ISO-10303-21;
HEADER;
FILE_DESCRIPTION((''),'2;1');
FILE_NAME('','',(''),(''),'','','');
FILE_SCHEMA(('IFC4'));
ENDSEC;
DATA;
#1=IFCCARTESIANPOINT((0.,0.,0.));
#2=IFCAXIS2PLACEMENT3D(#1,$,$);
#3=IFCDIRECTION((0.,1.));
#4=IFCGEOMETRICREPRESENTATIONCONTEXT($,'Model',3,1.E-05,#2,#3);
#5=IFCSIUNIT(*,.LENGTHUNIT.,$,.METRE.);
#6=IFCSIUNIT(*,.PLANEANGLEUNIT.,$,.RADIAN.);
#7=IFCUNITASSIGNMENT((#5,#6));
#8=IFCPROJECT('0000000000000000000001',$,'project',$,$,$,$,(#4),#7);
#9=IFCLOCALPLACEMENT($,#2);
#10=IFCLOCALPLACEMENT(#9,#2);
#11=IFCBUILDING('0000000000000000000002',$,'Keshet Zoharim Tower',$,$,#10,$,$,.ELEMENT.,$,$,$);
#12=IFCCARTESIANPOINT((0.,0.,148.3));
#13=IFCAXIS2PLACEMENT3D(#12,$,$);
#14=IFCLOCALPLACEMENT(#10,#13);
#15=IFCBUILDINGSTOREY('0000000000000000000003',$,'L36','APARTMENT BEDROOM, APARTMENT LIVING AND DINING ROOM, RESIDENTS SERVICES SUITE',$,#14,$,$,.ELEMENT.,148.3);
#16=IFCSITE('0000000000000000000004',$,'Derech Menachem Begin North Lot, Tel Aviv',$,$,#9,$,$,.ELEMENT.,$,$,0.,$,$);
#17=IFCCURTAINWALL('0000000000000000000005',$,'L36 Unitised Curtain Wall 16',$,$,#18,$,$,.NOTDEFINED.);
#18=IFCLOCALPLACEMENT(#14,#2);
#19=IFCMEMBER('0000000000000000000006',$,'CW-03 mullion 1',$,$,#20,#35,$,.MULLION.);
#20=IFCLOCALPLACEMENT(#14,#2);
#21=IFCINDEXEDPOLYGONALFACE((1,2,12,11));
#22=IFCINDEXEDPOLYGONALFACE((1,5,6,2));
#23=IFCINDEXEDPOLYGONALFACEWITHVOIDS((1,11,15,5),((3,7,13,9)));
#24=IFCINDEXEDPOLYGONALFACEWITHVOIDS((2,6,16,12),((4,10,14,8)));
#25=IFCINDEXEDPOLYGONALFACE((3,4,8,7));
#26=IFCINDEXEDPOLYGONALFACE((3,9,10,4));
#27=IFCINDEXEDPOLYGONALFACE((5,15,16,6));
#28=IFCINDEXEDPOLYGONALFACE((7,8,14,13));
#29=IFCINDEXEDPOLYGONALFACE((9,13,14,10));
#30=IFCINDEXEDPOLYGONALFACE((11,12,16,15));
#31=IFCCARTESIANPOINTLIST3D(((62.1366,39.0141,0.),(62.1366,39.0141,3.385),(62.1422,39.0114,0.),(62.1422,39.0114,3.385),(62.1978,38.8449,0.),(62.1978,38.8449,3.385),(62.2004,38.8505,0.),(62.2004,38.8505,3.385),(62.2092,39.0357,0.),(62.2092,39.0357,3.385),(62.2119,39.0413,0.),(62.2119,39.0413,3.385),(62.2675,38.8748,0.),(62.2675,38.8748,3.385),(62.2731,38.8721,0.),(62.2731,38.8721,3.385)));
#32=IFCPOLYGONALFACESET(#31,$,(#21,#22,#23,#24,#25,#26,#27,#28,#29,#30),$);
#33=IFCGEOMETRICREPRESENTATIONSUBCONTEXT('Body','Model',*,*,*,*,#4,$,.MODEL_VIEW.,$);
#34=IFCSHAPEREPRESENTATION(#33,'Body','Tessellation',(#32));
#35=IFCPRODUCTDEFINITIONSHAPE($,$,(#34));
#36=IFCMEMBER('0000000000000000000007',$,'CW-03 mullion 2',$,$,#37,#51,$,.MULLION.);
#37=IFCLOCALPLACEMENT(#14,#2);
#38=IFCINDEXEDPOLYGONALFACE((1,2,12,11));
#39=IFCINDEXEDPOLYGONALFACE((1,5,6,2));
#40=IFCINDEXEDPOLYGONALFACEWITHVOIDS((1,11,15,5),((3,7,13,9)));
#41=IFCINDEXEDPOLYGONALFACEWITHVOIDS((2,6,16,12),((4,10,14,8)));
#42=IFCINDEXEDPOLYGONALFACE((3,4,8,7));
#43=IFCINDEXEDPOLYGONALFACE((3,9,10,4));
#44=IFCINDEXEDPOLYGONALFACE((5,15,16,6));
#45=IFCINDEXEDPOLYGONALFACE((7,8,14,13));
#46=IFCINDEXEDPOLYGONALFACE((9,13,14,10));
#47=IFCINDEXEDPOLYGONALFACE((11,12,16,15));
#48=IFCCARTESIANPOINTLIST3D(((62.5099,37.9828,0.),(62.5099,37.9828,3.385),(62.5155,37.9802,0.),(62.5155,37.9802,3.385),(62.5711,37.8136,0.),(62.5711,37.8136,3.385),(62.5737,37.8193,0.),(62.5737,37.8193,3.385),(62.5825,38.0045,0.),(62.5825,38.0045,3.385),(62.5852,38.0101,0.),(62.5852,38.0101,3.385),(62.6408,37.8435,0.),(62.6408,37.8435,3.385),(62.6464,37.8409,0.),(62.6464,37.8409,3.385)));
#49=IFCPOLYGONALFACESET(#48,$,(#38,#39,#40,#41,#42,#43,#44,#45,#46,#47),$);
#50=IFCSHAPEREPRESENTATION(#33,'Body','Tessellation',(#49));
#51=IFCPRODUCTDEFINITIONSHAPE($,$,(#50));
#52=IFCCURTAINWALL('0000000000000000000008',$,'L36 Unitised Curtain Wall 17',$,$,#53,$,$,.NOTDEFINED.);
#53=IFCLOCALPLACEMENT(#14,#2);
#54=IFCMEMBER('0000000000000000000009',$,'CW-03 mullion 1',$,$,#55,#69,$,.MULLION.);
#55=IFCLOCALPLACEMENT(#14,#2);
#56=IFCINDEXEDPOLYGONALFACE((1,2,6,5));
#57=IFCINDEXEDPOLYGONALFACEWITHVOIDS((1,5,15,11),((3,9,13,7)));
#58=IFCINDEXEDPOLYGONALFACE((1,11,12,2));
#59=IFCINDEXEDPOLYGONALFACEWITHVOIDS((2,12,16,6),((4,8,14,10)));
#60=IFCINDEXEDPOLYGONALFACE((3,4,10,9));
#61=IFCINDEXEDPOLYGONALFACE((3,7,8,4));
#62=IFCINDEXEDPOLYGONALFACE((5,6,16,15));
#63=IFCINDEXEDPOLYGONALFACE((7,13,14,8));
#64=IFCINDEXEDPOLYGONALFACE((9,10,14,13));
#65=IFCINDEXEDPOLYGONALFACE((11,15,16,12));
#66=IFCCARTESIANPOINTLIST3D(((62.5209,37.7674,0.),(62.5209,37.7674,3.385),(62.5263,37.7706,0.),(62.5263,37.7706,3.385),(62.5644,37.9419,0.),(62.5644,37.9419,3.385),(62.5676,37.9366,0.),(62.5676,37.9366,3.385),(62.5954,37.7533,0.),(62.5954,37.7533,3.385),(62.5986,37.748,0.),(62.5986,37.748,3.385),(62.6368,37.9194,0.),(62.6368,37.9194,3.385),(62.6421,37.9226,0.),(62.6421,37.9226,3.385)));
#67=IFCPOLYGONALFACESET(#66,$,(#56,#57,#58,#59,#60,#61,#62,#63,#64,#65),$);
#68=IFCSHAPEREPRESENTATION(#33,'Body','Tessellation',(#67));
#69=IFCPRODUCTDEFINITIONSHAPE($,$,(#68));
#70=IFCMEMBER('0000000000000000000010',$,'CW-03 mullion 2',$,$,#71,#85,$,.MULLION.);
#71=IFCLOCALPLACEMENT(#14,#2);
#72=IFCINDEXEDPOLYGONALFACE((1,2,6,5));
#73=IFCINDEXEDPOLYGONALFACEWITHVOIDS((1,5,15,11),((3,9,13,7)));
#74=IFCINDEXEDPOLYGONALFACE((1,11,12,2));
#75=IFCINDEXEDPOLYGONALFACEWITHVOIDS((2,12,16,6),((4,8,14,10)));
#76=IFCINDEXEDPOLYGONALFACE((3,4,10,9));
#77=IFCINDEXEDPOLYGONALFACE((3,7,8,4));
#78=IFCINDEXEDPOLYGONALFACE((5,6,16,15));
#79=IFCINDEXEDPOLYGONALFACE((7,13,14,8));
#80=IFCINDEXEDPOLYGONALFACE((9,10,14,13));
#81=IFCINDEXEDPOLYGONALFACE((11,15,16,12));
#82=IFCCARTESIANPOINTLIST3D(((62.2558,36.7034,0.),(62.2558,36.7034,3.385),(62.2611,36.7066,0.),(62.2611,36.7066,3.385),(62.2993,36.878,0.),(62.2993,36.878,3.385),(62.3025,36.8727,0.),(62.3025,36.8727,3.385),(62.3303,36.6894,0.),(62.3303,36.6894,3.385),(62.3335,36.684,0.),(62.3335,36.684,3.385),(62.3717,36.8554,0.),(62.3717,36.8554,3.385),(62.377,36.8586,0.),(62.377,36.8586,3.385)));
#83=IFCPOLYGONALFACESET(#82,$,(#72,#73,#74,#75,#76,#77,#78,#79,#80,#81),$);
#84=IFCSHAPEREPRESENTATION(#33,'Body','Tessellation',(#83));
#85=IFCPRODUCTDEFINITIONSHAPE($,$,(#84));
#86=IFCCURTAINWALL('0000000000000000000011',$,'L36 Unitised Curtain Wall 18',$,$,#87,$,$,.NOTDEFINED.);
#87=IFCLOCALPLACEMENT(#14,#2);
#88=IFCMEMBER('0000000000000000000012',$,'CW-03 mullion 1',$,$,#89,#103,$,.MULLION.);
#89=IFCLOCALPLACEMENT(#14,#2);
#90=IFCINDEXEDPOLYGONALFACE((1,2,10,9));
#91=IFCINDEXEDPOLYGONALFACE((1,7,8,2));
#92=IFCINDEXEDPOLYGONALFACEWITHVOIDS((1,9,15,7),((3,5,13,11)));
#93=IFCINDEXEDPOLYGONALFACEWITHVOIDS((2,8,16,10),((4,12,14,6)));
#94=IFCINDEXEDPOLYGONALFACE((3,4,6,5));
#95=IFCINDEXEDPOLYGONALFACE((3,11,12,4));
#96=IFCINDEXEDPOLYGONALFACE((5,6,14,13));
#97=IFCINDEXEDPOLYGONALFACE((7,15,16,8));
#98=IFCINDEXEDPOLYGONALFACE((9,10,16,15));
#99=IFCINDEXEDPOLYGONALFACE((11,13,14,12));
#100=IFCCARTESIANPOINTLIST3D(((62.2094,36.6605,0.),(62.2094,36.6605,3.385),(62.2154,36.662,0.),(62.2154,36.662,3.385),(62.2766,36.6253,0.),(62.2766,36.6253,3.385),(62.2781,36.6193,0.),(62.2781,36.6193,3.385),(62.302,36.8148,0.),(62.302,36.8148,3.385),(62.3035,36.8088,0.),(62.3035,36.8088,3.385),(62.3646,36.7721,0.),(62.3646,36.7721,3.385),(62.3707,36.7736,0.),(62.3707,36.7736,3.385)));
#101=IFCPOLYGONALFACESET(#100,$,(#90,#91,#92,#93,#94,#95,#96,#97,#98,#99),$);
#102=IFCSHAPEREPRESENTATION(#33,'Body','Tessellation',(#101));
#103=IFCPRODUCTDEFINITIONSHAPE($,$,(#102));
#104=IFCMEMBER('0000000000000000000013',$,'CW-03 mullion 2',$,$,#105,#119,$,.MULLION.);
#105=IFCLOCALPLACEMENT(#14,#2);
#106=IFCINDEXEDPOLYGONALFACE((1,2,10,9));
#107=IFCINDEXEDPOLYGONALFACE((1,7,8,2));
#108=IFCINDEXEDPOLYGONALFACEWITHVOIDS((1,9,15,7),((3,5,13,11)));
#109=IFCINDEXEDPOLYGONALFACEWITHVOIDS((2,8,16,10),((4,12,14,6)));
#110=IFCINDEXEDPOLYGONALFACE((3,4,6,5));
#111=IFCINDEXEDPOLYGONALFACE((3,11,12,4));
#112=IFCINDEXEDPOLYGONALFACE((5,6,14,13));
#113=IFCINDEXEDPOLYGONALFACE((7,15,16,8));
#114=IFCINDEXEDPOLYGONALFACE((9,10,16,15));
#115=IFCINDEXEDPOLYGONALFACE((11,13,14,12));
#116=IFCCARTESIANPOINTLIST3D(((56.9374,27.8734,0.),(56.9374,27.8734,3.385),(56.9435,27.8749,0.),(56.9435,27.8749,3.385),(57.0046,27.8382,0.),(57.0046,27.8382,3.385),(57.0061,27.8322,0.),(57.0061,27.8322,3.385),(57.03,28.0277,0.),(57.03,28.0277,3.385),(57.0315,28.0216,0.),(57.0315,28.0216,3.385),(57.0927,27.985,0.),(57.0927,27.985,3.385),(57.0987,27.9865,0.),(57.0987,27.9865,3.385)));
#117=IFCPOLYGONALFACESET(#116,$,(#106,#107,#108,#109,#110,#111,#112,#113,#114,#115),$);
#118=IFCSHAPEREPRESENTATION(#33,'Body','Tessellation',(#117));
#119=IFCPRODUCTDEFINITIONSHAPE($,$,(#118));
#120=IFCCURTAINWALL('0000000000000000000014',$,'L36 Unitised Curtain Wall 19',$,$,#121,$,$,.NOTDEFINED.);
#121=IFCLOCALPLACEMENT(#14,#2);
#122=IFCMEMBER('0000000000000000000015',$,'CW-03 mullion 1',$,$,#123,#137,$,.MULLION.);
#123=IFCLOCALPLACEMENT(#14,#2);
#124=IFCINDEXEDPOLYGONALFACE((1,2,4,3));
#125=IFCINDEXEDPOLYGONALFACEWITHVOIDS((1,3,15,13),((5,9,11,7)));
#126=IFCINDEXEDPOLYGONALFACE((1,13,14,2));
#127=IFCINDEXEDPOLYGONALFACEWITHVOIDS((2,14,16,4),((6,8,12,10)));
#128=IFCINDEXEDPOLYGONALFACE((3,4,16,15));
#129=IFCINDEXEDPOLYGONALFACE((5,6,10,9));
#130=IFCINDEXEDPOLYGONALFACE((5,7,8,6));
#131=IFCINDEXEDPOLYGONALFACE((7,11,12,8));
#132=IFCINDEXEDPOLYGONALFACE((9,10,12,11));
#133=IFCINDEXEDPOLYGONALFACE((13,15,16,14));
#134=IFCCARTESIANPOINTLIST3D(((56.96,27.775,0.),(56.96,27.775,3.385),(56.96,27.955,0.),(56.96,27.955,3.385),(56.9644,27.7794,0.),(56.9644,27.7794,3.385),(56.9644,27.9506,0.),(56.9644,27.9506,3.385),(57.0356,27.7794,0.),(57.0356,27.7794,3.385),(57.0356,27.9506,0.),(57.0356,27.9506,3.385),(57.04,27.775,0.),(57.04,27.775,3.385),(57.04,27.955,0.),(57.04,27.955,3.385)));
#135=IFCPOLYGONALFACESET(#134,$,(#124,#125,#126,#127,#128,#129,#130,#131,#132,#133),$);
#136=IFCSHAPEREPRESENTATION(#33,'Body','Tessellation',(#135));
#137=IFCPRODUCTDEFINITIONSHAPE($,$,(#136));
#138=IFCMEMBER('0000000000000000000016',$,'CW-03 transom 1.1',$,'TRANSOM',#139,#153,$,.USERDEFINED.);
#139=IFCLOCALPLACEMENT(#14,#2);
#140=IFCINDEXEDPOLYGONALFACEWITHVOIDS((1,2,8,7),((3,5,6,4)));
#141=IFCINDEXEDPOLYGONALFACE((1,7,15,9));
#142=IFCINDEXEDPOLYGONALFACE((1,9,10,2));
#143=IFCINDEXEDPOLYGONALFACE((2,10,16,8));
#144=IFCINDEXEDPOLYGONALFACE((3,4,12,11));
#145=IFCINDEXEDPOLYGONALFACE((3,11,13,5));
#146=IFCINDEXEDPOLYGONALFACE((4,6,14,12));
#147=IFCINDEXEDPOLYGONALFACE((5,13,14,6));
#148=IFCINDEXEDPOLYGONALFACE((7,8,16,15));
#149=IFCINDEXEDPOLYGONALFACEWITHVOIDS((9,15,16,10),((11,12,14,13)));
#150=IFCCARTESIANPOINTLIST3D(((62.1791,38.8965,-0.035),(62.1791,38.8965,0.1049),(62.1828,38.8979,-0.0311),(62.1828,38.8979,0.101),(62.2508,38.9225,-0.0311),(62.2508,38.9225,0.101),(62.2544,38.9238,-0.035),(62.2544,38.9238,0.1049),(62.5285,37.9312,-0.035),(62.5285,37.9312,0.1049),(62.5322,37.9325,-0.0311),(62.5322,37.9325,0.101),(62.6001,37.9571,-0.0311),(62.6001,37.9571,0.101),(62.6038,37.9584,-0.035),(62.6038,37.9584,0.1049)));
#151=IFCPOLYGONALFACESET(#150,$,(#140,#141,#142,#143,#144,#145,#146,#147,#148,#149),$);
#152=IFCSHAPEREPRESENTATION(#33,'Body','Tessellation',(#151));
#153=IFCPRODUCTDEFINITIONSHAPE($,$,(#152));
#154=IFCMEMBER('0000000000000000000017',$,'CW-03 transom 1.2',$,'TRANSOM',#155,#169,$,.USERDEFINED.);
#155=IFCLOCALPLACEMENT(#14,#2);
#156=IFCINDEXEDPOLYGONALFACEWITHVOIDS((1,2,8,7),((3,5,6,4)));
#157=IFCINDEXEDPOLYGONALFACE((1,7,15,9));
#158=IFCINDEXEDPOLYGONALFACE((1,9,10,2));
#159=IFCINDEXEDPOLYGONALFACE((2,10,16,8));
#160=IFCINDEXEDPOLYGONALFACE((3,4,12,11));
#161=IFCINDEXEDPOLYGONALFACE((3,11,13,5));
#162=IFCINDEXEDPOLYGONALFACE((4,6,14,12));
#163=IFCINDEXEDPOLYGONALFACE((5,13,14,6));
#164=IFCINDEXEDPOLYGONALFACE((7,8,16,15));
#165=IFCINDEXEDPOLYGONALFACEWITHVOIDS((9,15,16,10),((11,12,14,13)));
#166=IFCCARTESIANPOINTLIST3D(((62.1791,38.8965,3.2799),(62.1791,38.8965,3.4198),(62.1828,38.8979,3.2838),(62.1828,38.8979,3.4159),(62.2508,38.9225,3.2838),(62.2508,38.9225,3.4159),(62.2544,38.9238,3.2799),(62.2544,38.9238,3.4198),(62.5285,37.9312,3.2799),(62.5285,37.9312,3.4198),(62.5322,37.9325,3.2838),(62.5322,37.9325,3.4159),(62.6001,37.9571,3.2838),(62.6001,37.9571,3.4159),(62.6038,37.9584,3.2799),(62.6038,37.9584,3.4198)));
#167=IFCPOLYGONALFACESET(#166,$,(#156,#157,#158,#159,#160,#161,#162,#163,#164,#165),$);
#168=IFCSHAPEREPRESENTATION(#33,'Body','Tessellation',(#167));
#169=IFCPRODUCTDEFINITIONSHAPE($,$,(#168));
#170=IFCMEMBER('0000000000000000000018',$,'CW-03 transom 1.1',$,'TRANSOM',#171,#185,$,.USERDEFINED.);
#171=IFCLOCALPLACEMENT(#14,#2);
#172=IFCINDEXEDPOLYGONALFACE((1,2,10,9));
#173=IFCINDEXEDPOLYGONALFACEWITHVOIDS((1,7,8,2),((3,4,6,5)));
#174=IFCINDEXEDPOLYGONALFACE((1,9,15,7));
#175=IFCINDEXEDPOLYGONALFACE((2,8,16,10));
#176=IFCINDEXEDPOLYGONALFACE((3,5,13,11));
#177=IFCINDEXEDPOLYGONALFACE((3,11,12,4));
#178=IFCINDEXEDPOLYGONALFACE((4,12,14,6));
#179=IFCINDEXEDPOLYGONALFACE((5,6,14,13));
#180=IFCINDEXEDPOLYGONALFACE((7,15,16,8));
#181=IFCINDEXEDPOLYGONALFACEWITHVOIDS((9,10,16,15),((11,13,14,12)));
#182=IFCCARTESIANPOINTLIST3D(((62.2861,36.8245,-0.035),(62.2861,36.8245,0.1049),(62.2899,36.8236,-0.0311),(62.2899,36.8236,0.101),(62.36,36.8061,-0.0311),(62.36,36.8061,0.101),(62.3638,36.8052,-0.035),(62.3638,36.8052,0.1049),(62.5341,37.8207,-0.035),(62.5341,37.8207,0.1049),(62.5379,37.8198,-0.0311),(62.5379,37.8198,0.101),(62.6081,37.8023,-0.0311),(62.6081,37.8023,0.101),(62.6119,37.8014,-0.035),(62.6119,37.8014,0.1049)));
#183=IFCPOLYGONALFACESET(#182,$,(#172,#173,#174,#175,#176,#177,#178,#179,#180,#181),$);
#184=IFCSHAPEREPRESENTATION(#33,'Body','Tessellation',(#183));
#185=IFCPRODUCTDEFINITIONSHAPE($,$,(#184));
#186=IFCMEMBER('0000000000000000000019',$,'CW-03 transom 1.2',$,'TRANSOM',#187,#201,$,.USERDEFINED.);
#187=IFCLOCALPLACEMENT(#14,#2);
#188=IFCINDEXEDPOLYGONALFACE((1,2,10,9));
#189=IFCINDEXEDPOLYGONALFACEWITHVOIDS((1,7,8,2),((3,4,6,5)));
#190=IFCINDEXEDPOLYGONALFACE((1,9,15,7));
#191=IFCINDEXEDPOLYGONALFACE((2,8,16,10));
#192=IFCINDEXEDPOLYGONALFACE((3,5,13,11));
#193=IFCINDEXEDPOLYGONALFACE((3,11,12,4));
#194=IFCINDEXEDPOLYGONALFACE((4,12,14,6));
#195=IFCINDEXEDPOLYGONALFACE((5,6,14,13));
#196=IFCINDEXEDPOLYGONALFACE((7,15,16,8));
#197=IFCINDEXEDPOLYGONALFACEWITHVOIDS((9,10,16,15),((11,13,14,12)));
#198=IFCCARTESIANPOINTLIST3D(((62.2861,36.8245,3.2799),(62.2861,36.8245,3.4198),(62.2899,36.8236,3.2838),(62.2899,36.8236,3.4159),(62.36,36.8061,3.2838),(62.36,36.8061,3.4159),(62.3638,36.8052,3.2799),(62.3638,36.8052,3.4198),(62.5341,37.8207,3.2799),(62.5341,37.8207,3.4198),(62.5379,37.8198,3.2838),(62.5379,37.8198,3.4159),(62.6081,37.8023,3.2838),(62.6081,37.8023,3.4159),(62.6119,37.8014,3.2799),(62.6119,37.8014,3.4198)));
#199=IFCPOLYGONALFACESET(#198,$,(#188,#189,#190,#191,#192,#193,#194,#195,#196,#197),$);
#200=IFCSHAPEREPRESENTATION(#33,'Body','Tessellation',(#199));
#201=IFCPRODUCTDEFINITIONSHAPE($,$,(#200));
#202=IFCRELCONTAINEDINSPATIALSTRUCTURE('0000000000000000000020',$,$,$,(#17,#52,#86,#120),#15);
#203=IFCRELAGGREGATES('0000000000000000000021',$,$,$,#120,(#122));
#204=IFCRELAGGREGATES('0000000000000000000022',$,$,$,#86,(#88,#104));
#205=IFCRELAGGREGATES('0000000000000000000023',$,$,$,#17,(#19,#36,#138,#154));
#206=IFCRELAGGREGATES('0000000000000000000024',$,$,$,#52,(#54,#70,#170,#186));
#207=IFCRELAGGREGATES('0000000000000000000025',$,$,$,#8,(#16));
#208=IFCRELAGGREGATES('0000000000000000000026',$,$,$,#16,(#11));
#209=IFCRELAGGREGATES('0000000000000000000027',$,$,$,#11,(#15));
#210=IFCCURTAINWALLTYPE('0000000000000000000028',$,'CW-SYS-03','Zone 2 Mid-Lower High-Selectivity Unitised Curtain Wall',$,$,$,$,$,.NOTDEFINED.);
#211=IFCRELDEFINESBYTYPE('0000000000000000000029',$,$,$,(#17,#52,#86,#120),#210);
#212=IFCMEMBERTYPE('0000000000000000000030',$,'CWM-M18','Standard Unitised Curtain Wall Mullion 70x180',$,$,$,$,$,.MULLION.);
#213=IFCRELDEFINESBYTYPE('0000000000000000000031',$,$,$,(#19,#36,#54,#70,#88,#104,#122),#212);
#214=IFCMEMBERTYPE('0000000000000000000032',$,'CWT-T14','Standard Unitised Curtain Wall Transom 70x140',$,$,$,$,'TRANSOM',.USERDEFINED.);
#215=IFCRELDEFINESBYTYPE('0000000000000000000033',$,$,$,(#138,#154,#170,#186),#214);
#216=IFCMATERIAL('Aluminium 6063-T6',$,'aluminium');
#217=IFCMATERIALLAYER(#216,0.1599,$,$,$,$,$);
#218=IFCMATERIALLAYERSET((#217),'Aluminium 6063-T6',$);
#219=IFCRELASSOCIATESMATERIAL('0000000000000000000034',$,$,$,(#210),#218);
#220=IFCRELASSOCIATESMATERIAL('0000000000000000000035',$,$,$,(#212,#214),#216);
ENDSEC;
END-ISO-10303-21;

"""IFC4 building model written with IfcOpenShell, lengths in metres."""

from ifc_helpers import new_model, si_unit, direction, frame, origin, origin_2d, place, context, subcontext, project, spatial, hollow_rectangle, extrude, material, layer, layer_set, material_profile, profile_set, type_object, element, aggregate, save


model = new_model("IFC4")

# Units and contexts
model_context = context("Model", 3, precision=1e-05, world=origin(), true_north=direction((0.0, 1.0)))
body_context = subcontext(model_context, "Body", "Model", "MODEL_VIEW")
ifc_project = project(units=[si_unit("LENGTHUNIT", "METRE"), si_unit("PLANEANGLEUNIT", "RADIAN")], contexts=[model_context])

# Site, building, storey
site_placement = place(None, origin())
site = spatial("IfcSite", under=ifc_project, at=site_placement, Name="Derech Menachem Begin North Lot, Tel Aviv", CompositionType="ELEMENT", RefElevation=0.0)
building_placement = place(site_placement, origin())
building = spatial("IfcBuilding", under=site, at=building_placement, Name="Keshet Zoharim Tower", CompositionType="ELEMENT")
storey_placement = place(building_placement, frame((0.0, 0.0, 148.3)))
storey = spatial("IfcBuildingStorey", under=building, at=storey_placement, Name="L36", Description="APARTMENT BEDROOM, APARTMENT LIVING AND DINING ROOM, RESIDENTS SERVICES SUITE", CompositionType="ELEMENT", Elevation=148.3)

# Shared definitions
ifc_material_1 = material(Name="Aluminium 6063-T6", Category="aluminium")
ifc_layer_1 = layer(ifc_material_1, 0.1599)
ifc_layer_set_1 = layer_set([ifc_layer_1], Name="Aluminium 6063-T6")
curtain_wall_type = type_object("IfcCurtainWallType", Name="CW-SYS-03", Description="Zone 2 Mid-Lower High-Selectivity Unitised Curtain Wall", PredefinedType="NOTDEFINED", material=ifc_layer_set_1)
ifc_material_profile_1 = material_profile(ifc_material_1, hollow_rectangle(XDim=0.0801, YDim=0.1799, WallThickness=0.0044, at=origin_2d()), Name="MUL-80x180")
ifc_profile_set_1 = profile_set([ifc_material_profile_1], Name="Aluminium 6063-T6")
member_type_1 = type_object("IfcMemberType", Name="CWM-M18", Description="Standard Unitised Curtain Wall Mullion 70x180", PredefinedType="MULLION", material=ifc_profile_set_1)

# Curtain walls, members
curtain_wall_1_placement = place(storey_placement, origin())
curtain_wall_1 = element("IfcCurtainWall", 1, at=curtain_wall_1_placement, inside=storey, type_object=curtain_wall_type, Name="L36 Unitised Curtain Wall 16", PredefinedType="NOTDEFINED")
member_1_placement = place(storey_placement, frame((62.2048, 38.9431, 0.0), z_axis=(0.0, 0.0, 1.0), x_axis=(0.940318, 0.340297, 0.0)))
member_1 = element("IfcMember", 2, at=member_1_placement, type_object=member_type_1, Name="CW-03 mullion 1", PredefinedType="MULLION", context=body_context, shape_type="SweptSolid", body=[
    extrude(hollow_rectangle(XDim=0.0801, YDim=0.1799, WallThickness=0.0044, at=origin_2d()), origin(), (0.0, 0.0, 1.0), 3.385),
])
member_2_placement = place(storey_placement, frame((62.5781, 37.9119, 0.0), z_axis=(0.0, 0.0, 1.0), x_axis=(0.940318, 0.340297, 0.0)))
member_2 = element("IfcMember", 3, at=member_2_placement, type_object=member_type_1, Name="CW-03 mullion 2", PredefinedType="MULLION", context=body_context, shape_type="SweptSolid", body=[
    extrude(hollow_rectangle(XDim=0.0801, YDim=0.1799, WallThickness=0.0044, at=origin_2d()), origin(), (0.0, 0.0, 1.0), 3.385),
])
curtain_wall_2_placement = place(storey_placement, origin())
curtain_wall_2 = element("IfcCurtainWall", 4, at=curtain_wall_2_placement, inside=storey, type_object=curtain_wall_type, Name="L36 Unitised Curtain Wall 17", PredefinedType="NOTDEFINED")
member_3_placement = place(storey_placement, frame((62.5815, 37.845, 0.0), z_axis=(0.0, 0.0, 1.0), x_axis=(0.970344, -0.241729, 0.0)))
member_3 = element("IfcMember", 5, at=member_3_placement, type_object=member_type_1, Name="CW-03 mullion 1", PredefinedType="MULLION", context=body_context, shape_type="SweptSolid", body=[
    extrude(hollow_rectangle(XDim=0.0801, YDim=0.1799, WallThickness=0.0044, at=origin_2d()), origin(), (0.0, 0.0, 1.0), 3.385),
])
member_4_placement = place(storey_placement, frame((62.3164, 36.781, 0.0), z_axis=(0.0, 0.0, 1.0), x_axis=(0.970344, -0.241729, 0.0)))
member_4 = element("IfcMember", 6, at=member_4_placement, type_object=member_type_1, Name="CW-03 mullion 2", PredefinedType="MULLION", context=body_context, shape_type="SweptSolid", body=[
    extrude(hollow_rectangle(XDim=0.0801, YDim=0.1799, WallThickness=0.0044, at=origin_2d()), origin(), (0.0, 0.0, 1.0), 3.385),
])
curtain_wall_3_placement = place(storey_placement, origin())
curtain_wall_3 = element("IfcCurtainWall", 7, at=curtain_wall_3_placement, inside=storey, type_object=curtain_wall_type, Name="L36 Unitised Curtain Wall 18", PredefinedType="NOTDEFINED")
member_5_placement = place(storey_placement, frame((62.29, 36.717, 0.0), z_axis=(0.0, 0.0, 1.0), x_axis=(0.857501, -0.514482, 0.0)))
member_5 = element("IfcMember", 8, at=member_5_placement, type_object=member_type_1, Name="CW-03 mullion 1", PredefinedType="MULLION", context=body_context, shape_type="SweptSolid", body=[
    extrude(hollow_rectangle(XDim=0.0801, YDim=0.1799, WallThickness=0.0044, at=origin_2d()), origin(), (0.0, 0.0, 1.0), 3.385),
])
member_6_placement = place(storey_placement, frame((57.0181, 27.9299, 0.0), z_axis=(0.0, 0.0, 1.0), x_axis=(0.857501, -0.514482, 0.0)))
member_6 = element("IfcMember", 9, at=member_6_placement, type_object=member_type_1, Name="CW-03 mullion 2", PredefinedType="MULLION", context=body_context, shape_type="SweptSolid", body=[
    extrude(hollow_rectangle(XDim=0.0801, YDim=0.1799, WallThickness=0.0044, at=origin_2d()), origin(), (0.0, 0.0, 1.0), 3.385),
])

# Curtain wall, member
curtain_wall_4_placement = place(storey_placement, origin())
curtain_wall_4 = element("IfcCurtainWall", 10, at=curtain_wall_4_placement, inside=storey, type_object=curtain_wall_type, Name="L36 Unitised Curtain Wall 19", PredefinedType="NOTDEFINED")
member_7_placement = place(storey_placement, frame((57.0, 27.865, 0.0), z_axis=(0.0, 0.0, 1.0), x_axis=(1.0, 0.0, 0.0)))
member_7 = element("IfcMember", 11, at=member_7_placement, type_object=member_type_1, Name="CW-03 mullion 1", PredefinedType="MULLION", context=body_context, shape_type="SweptSolid", body=[
    extrude(hollow_rectangle(XDim=0.0801, YDim=0.1799, WallThickness=0.0044, at=origin_2d()), origin(), (0.0, 0.0, 1.0), 3.385),
])

# Members
ifc_material_profile_2 = material_profile(ifc_material_1, hollow_rectangle(XDim=0.0801, YDim=0.1399, WallThickness=0.0039, at=origin_2d()), Name="TRN-80x140")
ifc_profile_set_2 = profile_set([ifc_material_profile_2], Name="Aluminium 6063-T6")
member_type_2 = type_object("IfcMemberType", Name="CWT-T14", Description="Standard Unitised Curtain Wall Transom 70x140", ElementType="TRANSOM", PredefinedType="USERDEFINED", material=ifc_profile_set_2)
member_8_placement = place(storey_placement, frame((62.2168, 38.9102, 0.0349), z_axis=(0.340311, -0.940313, 0.0), x_axis=(0.940313, 0.340311, 0.0)))
member_8 = element("IfcMember", 12, at=member_8_placement, type_object=member_type_2, Name="CW-03 transom 1.1", ObjectType="TRANSOM", PredefinedType="USERDEFINED", context=body_context, shape_type="SweptSolid", body=[
    extrude(hollow_rectangle(XDim=0.0801, YDim=0.1399, WallThickness=0.0039, at=origin_2d()), origin(), (0.0, 0.0, 1.0), 1.0266),
])
member_9_placement = place(storey_placement, frame((62.2168, 38.9102, 3.3499), z_axis=(0.340311, -0.940313, 0.0), x_axis=(0.940313, 0.340311, 0.0)))
member_9 = element("IfcMember", 13, at=member_9_placement, type_object=member_type_2, Name="CW-03 transom 1.2", ObjectType="TRANSOM", PredefinedType="USERDEFINED", context=body_context, shape_type="SweptSolid", body=[
    extrude(hollow_rectangle(XDim=0.0801, YDim=0.1399, WallThickness=0.0039, at=origin_2d()), origin(), (0.0, 0.0, 1.0), 1.0266),
])
member_10_placement = place(storey_placement, frame((62.573, 37.811, 0.0349), z_axis=(-0.24164, -0.970366, 0.0), x_axis=(0.970366, -0.24164, 0.0)))
member_10 = element("IfcMember", 14, at=member_10_placement, type_object=member_type_2, Name="CW-03 transom 1.1", ObjectType="TRANSOM", PredefinedType="USERDEFINED", context=body_context, shape_type="SweptSolid", body=[
    extrude(hollow_rectangle(XDim=0.0801, YDim=0.1399, WallThickness=0.0039, at=origin_2d()), origin(), (0.0, 0.0, 1.0), 1.0266),
])
member_11_placement = place(storey_placement, frame((62.573, 37.811, 3.3499), z_axis=(-0.24164, -0.970366, 0.0), x_axis=(0.970366, -0.24164, 0.0)))
member_11 = element("IfcMember", 15, at=member_11_placement, type_object=member_type_2, Name="CW-03 transom 1.2", ObjectType="TRANSOM", PredefinedType="USERDEFINED", context=body_context, shape_type="SweptSolid", body=[
    extrude(hollow_rectangle(XDim=0.0801, YDim=0.1399, WallThickness=0.0039, at=origin_2d()), origin(), (0.0, 0.0, 1.0), 1.0266),
])
aggregate(curtain_wall_4, [member_7])

aggregate(curtain_wall_3, [member_5, member_6])
aggregate(curtain_wall_1, [member_1, member_2, member_8, member_9])
aggregate(curtain_wall_2, [member_3, member_4, member_10, member_11])

save(model, "model.ifc")
